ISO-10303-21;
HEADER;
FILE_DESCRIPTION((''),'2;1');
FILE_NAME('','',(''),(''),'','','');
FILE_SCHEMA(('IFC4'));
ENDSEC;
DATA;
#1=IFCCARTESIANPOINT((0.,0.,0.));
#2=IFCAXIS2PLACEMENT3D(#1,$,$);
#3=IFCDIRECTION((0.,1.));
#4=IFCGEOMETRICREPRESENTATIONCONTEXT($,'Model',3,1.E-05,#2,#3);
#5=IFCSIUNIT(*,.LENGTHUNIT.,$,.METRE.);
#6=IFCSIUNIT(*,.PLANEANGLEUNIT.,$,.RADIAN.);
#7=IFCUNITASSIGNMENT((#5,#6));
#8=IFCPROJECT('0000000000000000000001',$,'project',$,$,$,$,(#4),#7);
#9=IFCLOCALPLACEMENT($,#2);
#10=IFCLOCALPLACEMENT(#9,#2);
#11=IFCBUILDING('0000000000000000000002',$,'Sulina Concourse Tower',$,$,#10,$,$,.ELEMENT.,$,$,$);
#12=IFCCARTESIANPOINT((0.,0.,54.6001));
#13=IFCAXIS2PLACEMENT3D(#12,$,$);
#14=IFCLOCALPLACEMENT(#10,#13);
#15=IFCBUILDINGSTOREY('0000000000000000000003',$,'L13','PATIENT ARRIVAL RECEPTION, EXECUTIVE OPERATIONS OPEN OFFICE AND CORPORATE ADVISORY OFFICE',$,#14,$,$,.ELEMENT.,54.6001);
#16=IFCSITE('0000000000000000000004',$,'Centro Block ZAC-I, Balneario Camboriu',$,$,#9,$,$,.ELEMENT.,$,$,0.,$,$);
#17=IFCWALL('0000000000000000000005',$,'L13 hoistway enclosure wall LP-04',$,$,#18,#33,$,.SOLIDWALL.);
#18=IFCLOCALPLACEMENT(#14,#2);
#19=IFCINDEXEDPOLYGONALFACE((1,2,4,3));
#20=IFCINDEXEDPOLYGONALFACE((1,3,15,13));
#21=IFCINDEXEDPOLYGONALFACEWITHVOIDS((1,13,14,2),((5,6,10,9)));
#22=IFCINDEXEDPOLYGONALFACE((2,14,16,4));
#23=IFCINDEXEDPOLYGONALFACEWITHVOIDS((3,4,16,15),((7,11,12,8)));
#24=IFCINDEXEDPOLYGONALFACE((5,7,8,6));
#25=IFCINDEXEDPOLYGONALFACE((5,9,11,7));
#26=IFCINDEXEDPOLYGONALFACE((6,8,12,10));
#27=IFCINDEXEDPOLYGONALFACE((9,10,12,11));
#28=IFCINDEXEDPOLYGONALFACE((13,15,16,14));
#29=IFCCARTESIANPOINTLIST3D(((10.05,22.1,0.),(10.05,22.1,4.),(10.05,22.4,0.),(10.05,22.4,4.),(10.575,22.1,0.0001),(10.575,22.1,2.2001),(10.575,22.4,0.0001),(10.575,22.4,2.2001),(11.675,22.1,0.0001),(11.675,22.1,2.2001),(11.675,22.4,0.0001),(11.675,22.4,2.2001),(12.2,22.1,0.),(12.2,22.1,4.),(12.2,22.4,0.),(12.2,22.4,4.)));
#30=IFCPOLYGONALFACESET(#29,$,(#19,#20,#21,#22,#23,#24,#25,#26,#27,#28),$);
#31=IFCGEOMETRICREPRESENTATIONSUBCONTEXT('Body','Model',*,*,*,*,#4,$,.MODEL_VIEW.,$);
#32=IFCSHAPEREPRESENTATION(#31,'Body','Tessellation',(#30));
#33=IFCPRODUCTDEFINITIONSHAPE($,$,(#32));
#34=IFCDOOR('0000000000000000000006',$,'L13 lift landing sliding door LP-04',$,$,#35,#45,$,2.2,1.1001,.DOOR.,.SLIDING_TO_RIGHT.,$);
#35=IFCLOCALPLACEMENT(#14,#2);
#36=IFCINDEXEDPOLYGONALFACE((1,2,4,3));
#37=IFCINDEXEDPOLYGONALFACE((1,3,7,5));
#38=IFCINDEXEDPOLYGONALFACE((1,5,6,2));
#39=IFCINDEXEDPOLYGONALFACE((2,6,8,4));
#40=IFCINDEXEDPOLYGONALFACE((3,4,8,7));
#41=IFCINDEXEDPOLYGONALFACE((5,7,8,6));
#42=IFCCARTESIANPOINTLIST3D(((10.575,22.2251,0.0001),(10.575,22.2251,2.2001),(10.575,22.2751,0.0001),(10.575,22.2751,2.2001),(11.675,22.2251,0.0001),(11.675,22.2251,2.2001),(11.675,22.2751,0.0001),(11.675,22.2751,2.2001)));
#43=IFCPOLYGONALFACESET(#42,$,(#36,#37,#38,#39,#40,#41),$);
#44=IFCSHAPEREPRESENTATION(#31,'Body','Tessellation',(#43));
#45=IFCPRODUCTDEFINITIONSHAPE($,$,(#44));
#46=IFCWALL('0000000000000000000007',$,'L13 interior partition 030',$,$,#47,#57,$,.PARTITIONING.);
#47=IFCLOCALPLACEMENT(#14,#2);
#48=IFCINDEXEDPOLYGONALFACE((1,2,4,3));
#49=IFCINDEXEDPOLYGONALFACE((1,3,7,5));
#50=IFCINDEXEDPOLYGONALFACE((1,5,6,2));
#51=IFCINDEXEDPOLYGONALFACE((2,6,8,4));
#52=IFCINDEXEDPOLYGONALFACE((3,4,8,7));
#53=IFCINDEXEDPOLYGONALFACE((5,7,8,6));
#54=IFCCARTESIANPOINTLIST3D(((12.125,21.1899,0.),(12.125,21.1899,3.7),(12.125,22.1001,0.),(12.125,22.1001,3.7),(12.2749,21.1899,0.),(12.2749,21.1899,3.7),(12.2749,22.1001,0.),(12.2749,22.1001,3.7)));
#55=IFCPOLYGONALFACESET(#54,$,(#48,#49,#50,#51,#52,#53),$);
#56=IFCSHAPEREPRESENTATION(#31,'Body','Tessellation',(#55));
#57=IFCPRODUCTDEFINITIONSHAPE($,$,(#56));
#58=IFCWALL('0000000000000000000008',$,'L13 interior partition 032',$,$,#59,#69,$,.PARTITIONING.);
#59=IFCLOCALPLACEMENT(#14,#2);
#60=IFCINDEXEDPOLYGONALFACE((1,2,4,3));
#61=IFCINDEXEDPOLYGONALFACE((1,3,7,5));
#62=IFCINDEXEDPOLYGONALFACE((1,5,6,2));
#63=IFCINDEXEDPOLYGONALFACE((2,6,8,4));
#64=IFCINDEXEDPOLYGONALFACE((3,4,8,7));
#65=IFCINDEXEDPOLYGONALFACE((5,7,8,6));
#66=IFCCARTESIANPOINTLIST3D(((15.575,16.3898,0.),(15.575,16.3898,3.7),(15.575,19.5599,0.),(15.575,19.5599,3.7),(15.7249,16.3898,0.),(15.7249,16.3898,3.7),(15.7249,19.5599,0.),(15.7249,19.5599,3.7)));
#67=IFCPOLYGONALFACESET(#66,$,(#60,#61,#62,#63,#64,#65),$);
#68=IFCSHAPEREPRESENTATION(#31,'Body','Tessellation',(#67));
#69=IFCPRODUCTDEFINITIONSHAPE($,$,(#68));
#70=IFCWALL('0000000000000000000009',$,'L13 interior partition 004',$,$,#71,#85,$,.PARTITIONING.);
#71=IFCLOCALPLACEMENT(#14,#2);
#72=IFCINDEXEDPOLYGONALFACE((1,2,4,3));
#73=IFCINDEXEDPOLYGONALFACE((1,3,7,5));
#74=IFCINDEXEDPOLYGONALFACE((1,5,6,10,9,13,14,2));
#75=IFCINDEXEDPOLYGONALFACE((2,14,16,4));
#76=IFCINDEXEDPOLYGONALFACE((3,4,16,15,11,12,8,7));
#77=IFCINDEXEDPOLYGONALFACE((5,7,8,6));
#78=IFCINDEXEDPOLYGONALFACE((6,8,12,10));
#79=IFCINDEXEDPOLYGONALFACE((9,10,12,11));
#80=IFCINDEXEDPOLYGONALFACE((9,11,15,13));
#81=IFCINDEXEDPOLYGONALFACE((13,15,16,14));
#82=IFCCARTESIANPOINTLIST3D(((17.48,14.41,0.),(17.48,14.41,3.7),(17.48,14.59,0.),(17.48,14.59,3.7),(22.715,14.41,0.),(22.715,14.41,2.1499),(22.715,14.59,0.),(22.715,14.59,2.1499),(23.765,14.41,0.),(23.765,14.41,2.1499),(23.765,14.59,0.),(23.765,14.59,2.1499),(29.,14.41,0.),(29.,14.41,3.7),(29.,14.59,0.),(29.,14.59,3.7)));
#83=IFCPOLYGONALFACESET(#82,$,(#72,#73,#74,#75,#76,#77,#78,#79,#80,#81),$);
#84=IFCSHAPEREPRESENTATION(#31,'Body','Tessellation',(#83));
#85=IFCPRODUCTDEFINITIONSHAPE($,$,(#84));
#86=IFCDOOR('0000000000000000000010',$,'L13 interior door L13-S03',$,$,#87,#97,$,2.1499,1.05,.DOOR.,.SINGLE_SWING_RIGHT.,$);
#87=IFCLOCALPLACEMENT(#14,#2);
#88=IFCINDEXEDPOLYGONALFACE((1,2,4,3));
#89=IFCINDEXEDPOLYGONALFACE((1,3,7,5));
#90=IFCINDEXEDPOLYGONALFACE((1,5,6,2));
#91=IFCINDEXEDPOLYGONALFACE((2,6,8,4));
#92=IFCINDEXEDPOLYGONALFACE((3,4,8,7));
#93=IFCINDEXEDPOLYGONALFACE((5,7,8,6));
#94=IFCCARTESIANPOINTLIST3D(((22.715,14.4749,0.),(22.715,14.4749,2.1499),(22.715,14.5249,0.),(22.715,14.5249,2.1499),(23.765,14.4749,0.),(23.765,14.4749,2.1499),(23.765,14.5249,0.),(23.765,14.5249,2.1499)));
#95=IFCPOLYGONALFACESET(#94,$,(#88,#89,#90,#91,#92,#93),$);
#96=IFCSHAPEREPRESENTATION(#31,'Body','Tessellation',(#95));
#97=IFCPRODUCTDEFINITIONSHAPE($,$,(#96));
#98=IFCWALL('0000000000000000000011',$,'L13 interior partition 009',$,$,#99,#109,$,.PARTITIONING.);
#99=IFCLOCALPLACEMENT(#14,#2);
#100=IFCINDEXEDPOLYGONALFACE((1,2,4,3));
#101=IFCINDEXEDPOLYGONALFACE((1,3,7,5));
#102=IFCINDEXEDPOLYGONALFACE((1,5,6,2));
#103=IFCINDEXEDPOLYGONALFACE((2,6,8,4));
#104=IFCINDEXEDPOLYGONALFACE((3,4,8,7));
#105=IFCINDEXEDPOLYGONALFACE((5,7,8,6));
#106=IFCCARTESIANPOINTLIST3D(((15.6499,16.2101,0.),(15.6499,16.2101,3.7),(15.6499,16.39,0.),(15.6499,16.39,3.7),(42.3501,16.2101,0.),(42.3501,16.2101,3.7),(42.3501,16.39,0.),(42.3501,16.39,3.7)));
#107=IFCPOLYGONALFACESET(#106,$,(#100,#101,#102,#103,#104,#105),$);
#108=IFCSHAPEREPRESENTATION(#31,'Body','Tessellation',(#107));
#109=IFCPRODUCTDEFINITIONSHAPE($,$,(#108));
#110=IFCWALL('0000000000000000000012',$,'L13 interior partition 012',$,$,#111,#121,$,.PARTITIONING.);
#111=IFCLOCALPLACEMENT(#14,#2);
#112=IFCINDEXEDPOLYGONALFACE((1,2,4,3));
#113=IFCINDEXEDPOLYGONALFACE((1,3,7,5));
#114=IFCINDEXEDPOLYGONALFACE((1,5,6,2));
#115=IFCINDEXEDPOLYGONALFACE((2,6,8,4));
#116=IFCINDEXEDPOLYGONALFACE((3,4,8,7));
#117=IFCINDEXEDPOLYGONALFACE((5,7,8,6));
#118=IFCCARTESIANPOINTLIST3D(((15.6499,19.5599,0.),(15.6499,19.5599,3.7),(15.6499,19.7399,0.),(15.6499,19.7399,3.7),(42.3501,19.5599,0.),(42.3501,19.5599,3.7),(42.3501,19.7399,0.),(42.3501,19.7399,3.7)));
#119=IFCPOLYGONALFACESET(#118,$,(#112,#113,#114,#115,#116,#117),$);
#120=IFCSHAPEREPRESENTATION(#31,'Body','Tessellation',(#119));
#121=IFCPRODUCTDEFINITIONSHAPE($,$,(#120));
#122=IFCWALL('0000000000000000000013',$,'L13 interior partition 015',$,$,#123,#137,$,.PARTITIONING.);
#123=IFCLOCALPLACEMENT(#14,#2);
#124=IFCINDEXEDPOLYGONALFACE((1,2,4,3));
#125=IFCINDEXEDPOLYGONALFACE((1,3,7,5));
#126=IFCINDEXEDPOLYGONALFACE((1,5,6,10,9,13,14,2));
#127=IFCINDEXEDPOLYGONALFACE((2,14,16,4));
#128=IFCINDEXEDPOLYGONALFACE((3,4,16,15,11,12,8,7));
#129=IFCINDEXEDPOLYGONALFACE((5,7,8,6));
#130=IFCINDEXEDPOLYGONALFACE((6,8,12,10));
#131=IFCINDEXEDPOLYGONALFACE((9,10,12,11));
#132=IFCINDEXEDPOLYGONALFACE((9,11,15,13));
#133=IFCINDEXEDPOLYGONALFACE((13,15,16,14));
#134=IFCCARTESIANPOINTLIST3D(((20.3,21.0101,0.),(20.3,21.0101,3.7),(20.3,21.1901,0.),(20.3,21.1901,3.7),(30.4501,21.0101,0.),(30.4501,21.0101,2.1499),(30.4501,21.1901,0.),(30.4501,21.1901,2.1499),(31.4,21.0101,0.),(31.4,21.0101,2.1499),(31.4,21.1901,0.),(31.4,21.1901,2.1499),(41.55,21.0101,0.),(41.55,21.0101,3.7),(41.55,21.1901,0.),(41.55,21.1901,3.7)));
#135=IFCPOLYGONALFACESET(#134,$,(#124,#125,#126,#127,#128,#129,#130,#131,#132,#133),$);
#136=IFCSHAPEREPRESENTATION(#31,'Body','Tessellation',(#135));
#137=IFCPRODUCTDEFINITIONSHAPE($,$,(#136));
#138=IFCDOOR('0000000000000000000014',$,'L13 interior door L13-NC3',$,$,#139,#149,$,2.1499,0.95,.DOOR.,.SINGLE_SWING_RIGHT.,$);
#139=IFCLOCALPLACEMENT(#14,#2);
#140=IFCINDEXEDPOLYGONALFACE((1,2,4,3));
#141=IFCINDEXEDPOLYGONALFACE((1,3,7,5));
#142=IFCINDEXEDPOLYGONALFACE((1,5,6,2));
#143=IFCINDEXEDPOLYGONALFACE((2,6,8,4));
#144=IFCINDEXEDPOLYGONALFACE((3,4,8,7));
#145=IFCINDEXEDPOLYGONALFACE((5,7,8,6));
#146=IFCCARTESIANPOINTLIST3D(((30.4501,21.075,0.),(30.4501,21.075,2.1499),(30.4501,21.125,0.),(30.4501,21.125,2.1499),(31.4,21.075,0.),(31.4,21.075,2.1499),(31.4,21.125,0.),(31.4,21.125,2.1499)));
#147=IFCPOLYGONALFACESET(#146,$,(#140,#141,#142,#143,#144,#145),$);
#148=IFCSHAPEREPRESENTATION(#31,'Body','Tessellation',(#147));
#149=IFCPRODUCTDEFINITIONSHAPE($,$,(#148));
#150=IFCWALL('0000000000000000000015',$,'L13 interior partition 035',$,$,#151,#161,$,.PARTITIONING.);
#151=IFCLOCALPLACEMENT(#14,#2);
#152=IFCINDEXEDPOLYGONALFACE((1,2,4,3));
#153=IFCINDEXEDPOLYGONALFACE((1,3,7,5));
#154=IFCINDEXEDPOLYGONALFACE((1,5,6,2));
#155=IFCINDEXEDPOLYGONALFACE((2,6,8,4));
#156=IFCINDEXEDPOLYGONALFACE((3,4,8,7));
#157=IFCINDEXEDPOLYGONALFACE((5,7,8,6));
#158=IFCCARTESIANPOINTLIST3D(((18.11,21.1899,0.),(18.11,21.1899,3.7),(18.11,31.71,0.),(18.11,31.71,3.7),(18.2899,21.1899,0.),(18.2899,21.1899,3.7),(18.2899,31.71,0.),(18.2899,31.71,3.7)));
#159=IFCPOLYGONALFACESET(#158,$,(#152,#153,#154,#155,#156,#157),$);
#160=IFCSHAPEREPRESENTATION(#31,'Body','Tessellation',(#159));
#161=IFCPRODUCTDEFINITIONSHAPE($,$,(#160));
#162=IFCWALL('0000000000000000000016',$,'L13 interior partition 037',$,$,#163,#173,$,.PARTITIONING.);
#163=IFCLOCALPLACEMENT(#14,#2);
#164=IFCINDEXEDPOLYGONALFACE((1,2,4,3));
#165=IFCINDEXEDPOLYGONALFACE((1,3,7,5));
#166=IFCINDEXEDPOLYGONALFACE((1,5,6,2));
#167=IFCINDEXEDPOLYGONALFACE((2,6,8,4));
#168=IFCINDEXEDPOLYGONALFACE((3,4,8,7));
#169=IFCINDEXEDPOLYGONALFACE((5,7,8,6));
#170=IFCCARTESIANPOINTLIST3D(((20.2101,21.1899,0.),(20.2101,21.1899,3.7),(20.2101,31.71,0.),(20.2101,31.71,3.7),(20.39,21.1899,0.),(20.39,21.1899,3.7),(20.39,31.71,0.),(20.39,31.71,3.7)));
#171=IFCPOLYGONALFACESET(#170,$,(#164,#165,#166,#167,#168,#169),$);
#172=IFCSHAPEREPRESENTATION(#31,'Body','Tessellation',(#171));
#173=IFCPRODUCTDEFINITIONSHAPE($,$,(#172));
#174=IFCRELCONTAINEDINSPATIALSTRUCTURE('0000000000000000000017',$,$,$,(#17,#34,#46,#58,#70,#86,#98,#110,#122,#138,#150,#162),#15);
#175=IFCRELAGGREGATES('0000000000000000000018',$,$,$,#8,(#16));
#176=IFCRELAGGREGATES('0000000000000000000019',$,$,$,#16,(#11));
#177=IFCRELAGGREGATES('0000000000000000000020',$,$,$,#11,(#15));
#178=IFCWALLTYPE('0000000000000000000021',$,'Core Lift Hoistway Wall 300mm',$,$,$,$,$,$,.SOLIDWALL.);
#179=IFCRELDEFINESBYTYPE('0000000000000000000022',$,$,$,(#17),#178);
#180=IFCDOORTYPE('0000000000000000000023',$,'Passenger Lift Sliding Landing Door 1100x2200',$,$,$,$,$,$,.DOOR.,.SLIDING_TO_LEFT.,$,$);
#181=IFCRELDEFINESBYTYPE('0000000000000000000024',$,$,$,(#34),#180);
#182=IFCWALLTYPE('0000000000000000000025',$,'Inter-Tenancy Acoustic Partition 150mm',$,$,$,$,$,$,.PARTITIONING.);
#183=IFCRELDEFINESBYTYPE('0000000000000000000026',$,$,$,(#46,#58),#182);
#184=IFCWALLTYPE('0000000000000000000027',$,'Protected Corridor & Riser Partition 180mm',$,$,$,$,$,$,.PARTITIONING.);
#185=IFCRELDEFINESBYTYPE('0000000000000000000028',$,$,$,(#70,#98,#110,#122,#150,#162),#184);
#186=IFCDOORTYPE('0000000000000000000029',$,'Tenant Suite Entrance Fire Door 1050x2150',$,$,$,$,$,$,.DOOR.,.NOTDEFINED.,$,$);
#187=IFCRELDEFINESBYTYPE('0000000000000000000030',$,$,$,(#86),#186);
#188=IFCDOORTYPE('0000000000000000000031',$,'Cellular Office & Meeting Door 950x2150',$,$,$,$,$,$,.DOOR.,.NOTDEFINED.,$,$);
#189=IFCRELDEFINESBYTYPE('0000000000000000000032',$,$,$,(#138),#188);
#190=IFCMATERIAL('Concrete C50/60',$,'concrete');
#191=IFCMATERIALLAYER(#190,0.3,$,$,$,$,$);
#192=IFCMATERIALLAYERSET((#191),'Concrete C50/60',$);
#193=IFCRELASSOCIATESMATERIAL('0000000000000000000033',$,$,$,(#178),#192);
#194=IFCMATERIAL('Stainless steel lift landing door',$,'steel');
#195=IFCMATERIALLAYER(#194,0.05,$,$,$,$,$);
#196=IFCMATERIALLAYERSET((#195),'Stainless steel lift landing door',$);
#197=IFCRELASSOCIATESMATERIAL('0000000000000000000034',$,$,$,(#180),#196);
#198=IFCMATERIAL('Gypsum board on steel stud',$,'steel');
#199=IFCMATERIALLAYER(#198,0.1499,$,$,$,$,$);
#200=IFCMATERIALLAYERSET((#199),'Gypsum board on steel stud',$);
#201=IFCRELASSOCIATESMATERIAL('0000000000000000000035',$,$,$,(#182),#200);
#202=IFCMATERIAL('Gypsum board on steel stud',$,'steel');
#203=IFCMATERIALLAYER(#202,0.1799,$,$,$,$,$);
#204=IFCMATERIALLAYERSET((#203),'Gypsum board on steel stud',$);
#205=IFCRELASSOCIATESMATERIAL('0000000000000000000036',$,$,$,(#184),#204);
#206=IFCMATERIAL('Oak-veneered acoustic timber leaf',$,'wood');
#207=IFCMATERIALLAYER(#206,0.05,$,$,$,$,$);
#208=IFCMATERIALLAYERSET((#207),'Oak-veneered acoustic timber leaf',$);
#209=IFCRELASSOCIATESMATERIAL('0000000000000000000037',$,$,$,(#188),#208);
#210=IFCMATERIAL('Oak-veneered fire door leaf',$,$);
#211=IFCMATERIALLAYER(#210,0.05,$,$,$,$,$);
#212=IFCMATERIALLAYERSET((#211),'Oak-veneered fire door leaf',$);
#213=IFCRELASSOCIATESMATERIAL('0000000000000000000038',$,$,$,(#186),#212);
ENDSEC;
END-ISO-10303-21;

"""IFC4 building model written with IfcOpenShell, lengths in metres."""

from ifc_helpers import new_model, si_unit, direction, frame, frame_2d, origin, place, context, subcontext, project, spatial, rectangle, extrude, material, layer, layer_set, type_object, element, fill, save


model = new_model("IFC4")

# Units and contexts
model_context = context("Model", 3, precision=1e-05, world=origin(), true_north=direction((0.0, 1.0)))
body_context = subcontext(model_context, "Body", "Model", "MODEL_VIEW")
ifc_project = project(units=[si_unit("LENGTHUNIT", "METRE"), si_unit("PLANEANGLEUNIT", "RADIAN")], contexts=[model_context])

# Site, building, storey
site_placement = place(None, origin())
site = spatial("IfcSite", under=ifc_project, at=site_placement, Name="Centro Block ZAC-I, Balneario Camboriu", CompositionType="ELEMENT", RefElevation=0.0)
building_placement = place(site_placement, origin())
building = spatial("IfcBuilding", under=site, at=building_placement, Name="Sulina Concourse Tower", CompositionType="ELEMENT")
storey_placement = place(building_placement, frame((0.0, 0.0, 54.6001)))
storey = spatial("IfcBuildingStorey", under=building, at=storey_placement, Name="L13", Description="PATIENT ARRIVAL RECEPTION, EXECUTIVE OPERATIONS OPEN OFFICE AND CORPORATE ADVISORY OFFICE", CompositionType="ELEMENT", Elevation=54.6001)

# Wall, opening, door
ifc_material_1 = material(Name="Concrete C50/60", Category="concrete")
ifc_layer_1 = layer(ifc_material_1, 0.3)
ifc_layer_set_1 = layer_set([ifc_layer_1], Name="Concrete C50/60")
wall_type_1 = type_object("IfcWallType", Name="Core Lift Hoistway Wall 300mm", PredefinedType="SOLIDWALL", material=ifc_layer_set_1)
wall_1_placement = place(storey_placement, frame((12.2, 22.25, 0.0), z_axis=(0.0, 0.0, 1.0), x_axis=(-1.0, 0.0, 0.0)))
wall_1 = element("IfcWall", 1, at=wall_1_placement, inside=storey, type_object=wall_type_1, Name="L13 hoistway enclosure wall LP-04", PredefinedType="SOLIDWALL", context=body_context, shape_type="SweptSolid", body=[
    extrude(rectangle(XDim=2.1499, YDim=0.3, at=frame_2d((1.075, 0.0))), origin(), (0.0, 0.0, 1.0), 4.0),
])
opening_1_placement = place(wall_1_placement, frame((0.5249, 0.0, 0.0)))
opening_1 = element("IfcOpeningElement", 2, at=opening_1_placement, cuts=wall_1, PredefinedType="OPENING", context=body_context, shape_type="SweptSolid", body=[
    extrude(rectangle(XDim=1.1001, YDim=2.2, at=frame_2d((0.55, 1.1001))), frame((0.0, 0.1599, 0.0), z_axis=(0.0, -1.0, 0.0), x_axis=(1.0, 0.0, 0.0)), (0.0, 0.0, 1.0), 0.3201),
])
ifc_material_2 = material(Name="Stainless steel lift landing door", Category="steel")
ifc_layer_2 = layer(ifc_material_2, 0.05)
ifc_layer_set_2 = layer_set([ifc_layer_2], Name="Stainless steel lift landing door")
door_type_1 = type_object("IfcDoorType", Name="Passenger Lift Sliding Landing Door 1100x2200", OperationType="SLIDING_TO_LEFT", PredefinedType="DOOR", material=ifc_layer_set_2)
door_1_placement = place(opening_1_placement, origin())
door_1 = element("IfcDoor", 3, at=door_1_placement, inside=storey, type_object=door_type_1, Name="L13 lift landing sliding door LP-04", OperationType="SLIDING_TO_RIGHT", OverallHeight=2.2, OverallWidth=1.1001, PredefinedType="DOOR", context=body_context, shape_type="SweptSolid", body=[
    extrude(rectangle(XDim=1.1001, YDim=2.2, at=frame_2d((0.55, 1.1001))), frame((0.0, 0.0249, 0.0), z_axis=(0.0, -1.0, 0.0), x_axis=(1.0, 0.0, 0.0)), (0.0, 0.0, 1.0), 0.05),
])
fill(opening_1, door_1)

# Walls
ifc_material_3 = material(Name="Gypsum board on steel stud", Category="steel")
ifc_layer_3 = layer(ifc_material_3, 0.1499)
ifc_layer_set_3 = layer_set([ifc_layer_3], Name="Gypsum board on steel stud")
wall_type_2 = type_object("IfcWallType", Name="Inter-Tenancy Acoustic Partition 150mm", PredefinedType="PARTITIONING", material=ifc_layer_set_3)
wall_2_placement = place(storey_placement, frame((12.2, 21.1899, 0.0), z_axis=(0.0, 0.0, 1.0), x_axis=(0.0, 1.0, 0.0)))
element("IfcWall", 4, at=wall_2_placement, inside=storey, type_object=wall_type_2, Name="L13 interior partition 030", PredefinedType="PARTITIONING", context=body_context, shape_type="SweptSolid", body=[
    extrude(rectangle(XDim=0.9102, YDim=0.1499, at=frame_2d((0.4551, 0.0))), origin(), (0.0, 0.0, 1.0), 3.7),
])
wall_3_placement = place(storey_placement, frame((15.6499, 16.3899, 0.0), z_axis=(0.0, 0.0, 1.0), x_axis=(0.0, 1.0, 0.0)))
element("IfcWall", 5, at=wall_3_placement, inside=storey, type_object=wall_type_2, Name="L13 interior partition 032", PredefinedType="PARTITIONING", context=body_context, shape_type="SweptSolid", body=[
    extrude(rectangle(XDim=3.1702, YDim=0.1499, at=frame_2d((1.585, 0.0))), origin(), (0.0, 0.0, 1.0), 3.7),
])

# Wall, opening, door
ifc_material_4 = material(Name="Gypsum board on steel stud", Category="steel")
ifc_layer_4 = layer(ifc_material_4, 0.1799)
ifc_layer_set_4 = layer_set([ifc_layer_4], Name="Gypsum board on steel stud")
wall_type_3 = type_object("IfcWallType", Name="Protected Corridor & Riser Partition 180mm", PredefinedType="PARTITIONING", material=ifc_layer_set_4)
ifc_material_5 = material(Name="Oak-veneered acoustic timber leaf", Category="wood")
ifc_layer_5 = layer(ifc_material_5, 0.05)
ifc_layer_set_5 = layer_set([ifc_layer_5], Name="Oak-veneered acoustic timber leaf")
door_type_2 = type_object("IfcDoorType", Name="Cellular Office & Meeting Door 950x2150", OperationType="NOTDEFINED", PredefinedType="DOOR", material=ifc_layer_set_5)
wall_4_placement = place(storey_placement, frame((17.48, 14.5, 0.0), z_axis=(0.0, 0.0, 1.0), x_axis=(1.0, 0.0, 0.0)))
wall_4 = element("IfcWall", 6, at=wall_4_placement, inside=storey, type_object=wall_type_3, Name="L13 interior partition 004", PredefinedType="PARTITIONING", context=body_context, shape_type="SweptSolid", body=[
    extrude(rectangle(XDim=11.52, YDim=0.1799, at=frame_2d((5.76, 0.0))), origin(), (0.0, 0.0, 1.0), 3.7),
])
opening_2_placement = place(wall_4_placement, frame((5.2351, 0.0, 0.0)))
opening_2 = element("IfcOpeningElement", 7, at=opening_2_placement, cuts=wall_4, PredefinedType="OPENING", context=body_context, shape_type="SweptSolid", body=[
    extrude(rectangle(XDim=1.05, YDim=2.1499, at=frame_2d((0.5249, 1.075))), frame((0.0, 0.0999, 0.0), z_axis=(0.0, -1.0, 0.0), x_axis=(1.0, 0.0, 0.0)), (0.0, 0.0, 1.0), 0.2),
])
ifc_material_6 = material(Name="Oak-veneered fire door leaf")
ifc_layer_6 = layer(ifc_material_6, 0.05)
ifc_layer_set_6 = layer_set([ifc_layer_6], Name="Oak-veneered fire door leaf")
door_type_3 = type_object("IfcDoorType", Name="Tenant Suite Entrance Fire Door 1050x2150", OperationType="NOTDEFINED", PredefinedType="DOOR", material=ifc_layer_set_6)
door_2_placement = place(opening_2_placement, origin())
door_2 = element("IfcDoor", 8, at=door_2_placement, inside=storey, type_object=door_type_3, Name="L13 interior door L13-S03", OperationType="SINGLE_SWING_RIGHT", OverallHeight=2.1499, OverallWidth=1.05, PredefinedType="DOOR", context=body_context, shape_type="SweptSolid", body=[
    extrude(rectangle(XDim=1.05, YDim=2.1499, at=frame_2d((0.5249, 1.075))), frame((0.0, 0.0249, 0.0), z_axis=(0.0, -1.0, 0.0), x_axis=(1.0, 0.0, 0.0)), (0.0, 0.0, 1.0), 0.05),
])
fill(opening_2, door_2)

# Walls
for number, where, z_axis, x_axis, name in (
    (9, (15.6499, 16.3, 0.0), (0.0, 0.0, 1.0), (1.0, 0.0, 0.0), "L13 interior partition 009"),
    (10, (15.6499, 19.6499, 0.0), (0.0, 0.0, 1.0), (1.0, 0.0, 0.0), "L13 interior partition 012"),
):
    element("IfcWall", number, at=place(storey_placement, frame(where, z_axis=z_axis, x_axis=x_axis)), inside=storey, type_object=wall_type_3, Name=name, PredefinedType="PARTITIONING", context=body_context, shape_type="SweptSolid", body=[
        extrude(rectangle(XDim=26.7002, YDim=0.1799, at=frame_2d((13.3501, 0.0))), origin(), (0.0, 0.0, 1.0), 3.7),
    ])

# Wall, opening, door
wall_5_placement = place(storey_placement, frame((20.3, 21.1001, 0.0), z_axis=(0.0, 0.0, 1.0), x_axis=(1.0, 0.0, 0.0)))
wall_5 = element("IfcWall", 11, at=wall_5_placement, inside=storey, type_object=wall_type_3, Name="L13 interior partition 015", PredefinedType="PARTITIONING", context=body_context, shape_type="SweptSolid", body=[
    extrude(rectangle(XDim=21.25, YDim=0.1799, at=frame_2d((10.625, 0.0))), origin(), (0.0, 0.0, 1.0), 3.7),
])
opening_3_placement = place(wall_5_placement, frame((10.1499, 0.0, 0.0)))
opening_3 = element("IfcOpeningElement", 12, at=opening_3_placement, cuts=wall_5, PredefinedType="OPENING", context=body_context, shape_type="SweptSolid", body=[
    extrude(rectangle(XDim=0.95, YDim=2.1499, at=frame_2d((0.4751, 1.075))), frame((0.0, 0.0999, 0.0), z_axis=(0.0, -1.0, 0.0), x_axis=(1.0, 0.0, 0.0)), (0.0, 0.0, 1.0), 0.2),
])
door_3_placement = place(opening_3_placement, origin())
door_3 = element("IfcDoor", 13, at=door_3_placement, inside=storey, type_object=door_type_2, Name="L13 interior door L13-NC3", OperationType="SINGLE_SWING_RIGHT", OverallHeight=2.1499, OverallWidth=0.95, PredefinedType="DOOR", context=body_context, shape_type="SweptSolid", body=[
    extrude(rectangle(XDim=0.95, YDim=2.1499, at=frame_2d((0.4751, 1.075))), frame((0.0, 0.0249, 0.0), z_axis=(0.0, -1.0, 0.0), x_axis=(1.0, 0.0, 0.0)), (0.0, 0.0, 1.0), 0.05),
])
fill(opening_3, door_3)

# Walls
for number, where, z_axis, x_axis, name in (
    (14, (18.2, 21.1899, 0.0), (0.0, 0.0, 1.0), (0.0, 1.0, 0.0), "L13 interior partition 035"),
    (15, (20.3, 21.1899, 0.0), (0.0, 0.0, 1.0), (0.0, 1.0, 0.0), "L13 interior partition 037"),
):
    element("IfcWall", number, at=place(storey_placement, frame(where, z_axis=z_axis, x_axis=x_axis)), inside=storey, type_object=wall_type_3, Name=name, PredefinedType="PARTITIONING", context=body_context, shape_type="SweptSolid", body=[
        extrude(rectangle(XDim=10.52, YDim=0.1799, at=frame_2d((5.26, 0.0))), origin(), (0.0, 0.0, 1.0), 3.7),
    ])

save(model, "model.ifc")
